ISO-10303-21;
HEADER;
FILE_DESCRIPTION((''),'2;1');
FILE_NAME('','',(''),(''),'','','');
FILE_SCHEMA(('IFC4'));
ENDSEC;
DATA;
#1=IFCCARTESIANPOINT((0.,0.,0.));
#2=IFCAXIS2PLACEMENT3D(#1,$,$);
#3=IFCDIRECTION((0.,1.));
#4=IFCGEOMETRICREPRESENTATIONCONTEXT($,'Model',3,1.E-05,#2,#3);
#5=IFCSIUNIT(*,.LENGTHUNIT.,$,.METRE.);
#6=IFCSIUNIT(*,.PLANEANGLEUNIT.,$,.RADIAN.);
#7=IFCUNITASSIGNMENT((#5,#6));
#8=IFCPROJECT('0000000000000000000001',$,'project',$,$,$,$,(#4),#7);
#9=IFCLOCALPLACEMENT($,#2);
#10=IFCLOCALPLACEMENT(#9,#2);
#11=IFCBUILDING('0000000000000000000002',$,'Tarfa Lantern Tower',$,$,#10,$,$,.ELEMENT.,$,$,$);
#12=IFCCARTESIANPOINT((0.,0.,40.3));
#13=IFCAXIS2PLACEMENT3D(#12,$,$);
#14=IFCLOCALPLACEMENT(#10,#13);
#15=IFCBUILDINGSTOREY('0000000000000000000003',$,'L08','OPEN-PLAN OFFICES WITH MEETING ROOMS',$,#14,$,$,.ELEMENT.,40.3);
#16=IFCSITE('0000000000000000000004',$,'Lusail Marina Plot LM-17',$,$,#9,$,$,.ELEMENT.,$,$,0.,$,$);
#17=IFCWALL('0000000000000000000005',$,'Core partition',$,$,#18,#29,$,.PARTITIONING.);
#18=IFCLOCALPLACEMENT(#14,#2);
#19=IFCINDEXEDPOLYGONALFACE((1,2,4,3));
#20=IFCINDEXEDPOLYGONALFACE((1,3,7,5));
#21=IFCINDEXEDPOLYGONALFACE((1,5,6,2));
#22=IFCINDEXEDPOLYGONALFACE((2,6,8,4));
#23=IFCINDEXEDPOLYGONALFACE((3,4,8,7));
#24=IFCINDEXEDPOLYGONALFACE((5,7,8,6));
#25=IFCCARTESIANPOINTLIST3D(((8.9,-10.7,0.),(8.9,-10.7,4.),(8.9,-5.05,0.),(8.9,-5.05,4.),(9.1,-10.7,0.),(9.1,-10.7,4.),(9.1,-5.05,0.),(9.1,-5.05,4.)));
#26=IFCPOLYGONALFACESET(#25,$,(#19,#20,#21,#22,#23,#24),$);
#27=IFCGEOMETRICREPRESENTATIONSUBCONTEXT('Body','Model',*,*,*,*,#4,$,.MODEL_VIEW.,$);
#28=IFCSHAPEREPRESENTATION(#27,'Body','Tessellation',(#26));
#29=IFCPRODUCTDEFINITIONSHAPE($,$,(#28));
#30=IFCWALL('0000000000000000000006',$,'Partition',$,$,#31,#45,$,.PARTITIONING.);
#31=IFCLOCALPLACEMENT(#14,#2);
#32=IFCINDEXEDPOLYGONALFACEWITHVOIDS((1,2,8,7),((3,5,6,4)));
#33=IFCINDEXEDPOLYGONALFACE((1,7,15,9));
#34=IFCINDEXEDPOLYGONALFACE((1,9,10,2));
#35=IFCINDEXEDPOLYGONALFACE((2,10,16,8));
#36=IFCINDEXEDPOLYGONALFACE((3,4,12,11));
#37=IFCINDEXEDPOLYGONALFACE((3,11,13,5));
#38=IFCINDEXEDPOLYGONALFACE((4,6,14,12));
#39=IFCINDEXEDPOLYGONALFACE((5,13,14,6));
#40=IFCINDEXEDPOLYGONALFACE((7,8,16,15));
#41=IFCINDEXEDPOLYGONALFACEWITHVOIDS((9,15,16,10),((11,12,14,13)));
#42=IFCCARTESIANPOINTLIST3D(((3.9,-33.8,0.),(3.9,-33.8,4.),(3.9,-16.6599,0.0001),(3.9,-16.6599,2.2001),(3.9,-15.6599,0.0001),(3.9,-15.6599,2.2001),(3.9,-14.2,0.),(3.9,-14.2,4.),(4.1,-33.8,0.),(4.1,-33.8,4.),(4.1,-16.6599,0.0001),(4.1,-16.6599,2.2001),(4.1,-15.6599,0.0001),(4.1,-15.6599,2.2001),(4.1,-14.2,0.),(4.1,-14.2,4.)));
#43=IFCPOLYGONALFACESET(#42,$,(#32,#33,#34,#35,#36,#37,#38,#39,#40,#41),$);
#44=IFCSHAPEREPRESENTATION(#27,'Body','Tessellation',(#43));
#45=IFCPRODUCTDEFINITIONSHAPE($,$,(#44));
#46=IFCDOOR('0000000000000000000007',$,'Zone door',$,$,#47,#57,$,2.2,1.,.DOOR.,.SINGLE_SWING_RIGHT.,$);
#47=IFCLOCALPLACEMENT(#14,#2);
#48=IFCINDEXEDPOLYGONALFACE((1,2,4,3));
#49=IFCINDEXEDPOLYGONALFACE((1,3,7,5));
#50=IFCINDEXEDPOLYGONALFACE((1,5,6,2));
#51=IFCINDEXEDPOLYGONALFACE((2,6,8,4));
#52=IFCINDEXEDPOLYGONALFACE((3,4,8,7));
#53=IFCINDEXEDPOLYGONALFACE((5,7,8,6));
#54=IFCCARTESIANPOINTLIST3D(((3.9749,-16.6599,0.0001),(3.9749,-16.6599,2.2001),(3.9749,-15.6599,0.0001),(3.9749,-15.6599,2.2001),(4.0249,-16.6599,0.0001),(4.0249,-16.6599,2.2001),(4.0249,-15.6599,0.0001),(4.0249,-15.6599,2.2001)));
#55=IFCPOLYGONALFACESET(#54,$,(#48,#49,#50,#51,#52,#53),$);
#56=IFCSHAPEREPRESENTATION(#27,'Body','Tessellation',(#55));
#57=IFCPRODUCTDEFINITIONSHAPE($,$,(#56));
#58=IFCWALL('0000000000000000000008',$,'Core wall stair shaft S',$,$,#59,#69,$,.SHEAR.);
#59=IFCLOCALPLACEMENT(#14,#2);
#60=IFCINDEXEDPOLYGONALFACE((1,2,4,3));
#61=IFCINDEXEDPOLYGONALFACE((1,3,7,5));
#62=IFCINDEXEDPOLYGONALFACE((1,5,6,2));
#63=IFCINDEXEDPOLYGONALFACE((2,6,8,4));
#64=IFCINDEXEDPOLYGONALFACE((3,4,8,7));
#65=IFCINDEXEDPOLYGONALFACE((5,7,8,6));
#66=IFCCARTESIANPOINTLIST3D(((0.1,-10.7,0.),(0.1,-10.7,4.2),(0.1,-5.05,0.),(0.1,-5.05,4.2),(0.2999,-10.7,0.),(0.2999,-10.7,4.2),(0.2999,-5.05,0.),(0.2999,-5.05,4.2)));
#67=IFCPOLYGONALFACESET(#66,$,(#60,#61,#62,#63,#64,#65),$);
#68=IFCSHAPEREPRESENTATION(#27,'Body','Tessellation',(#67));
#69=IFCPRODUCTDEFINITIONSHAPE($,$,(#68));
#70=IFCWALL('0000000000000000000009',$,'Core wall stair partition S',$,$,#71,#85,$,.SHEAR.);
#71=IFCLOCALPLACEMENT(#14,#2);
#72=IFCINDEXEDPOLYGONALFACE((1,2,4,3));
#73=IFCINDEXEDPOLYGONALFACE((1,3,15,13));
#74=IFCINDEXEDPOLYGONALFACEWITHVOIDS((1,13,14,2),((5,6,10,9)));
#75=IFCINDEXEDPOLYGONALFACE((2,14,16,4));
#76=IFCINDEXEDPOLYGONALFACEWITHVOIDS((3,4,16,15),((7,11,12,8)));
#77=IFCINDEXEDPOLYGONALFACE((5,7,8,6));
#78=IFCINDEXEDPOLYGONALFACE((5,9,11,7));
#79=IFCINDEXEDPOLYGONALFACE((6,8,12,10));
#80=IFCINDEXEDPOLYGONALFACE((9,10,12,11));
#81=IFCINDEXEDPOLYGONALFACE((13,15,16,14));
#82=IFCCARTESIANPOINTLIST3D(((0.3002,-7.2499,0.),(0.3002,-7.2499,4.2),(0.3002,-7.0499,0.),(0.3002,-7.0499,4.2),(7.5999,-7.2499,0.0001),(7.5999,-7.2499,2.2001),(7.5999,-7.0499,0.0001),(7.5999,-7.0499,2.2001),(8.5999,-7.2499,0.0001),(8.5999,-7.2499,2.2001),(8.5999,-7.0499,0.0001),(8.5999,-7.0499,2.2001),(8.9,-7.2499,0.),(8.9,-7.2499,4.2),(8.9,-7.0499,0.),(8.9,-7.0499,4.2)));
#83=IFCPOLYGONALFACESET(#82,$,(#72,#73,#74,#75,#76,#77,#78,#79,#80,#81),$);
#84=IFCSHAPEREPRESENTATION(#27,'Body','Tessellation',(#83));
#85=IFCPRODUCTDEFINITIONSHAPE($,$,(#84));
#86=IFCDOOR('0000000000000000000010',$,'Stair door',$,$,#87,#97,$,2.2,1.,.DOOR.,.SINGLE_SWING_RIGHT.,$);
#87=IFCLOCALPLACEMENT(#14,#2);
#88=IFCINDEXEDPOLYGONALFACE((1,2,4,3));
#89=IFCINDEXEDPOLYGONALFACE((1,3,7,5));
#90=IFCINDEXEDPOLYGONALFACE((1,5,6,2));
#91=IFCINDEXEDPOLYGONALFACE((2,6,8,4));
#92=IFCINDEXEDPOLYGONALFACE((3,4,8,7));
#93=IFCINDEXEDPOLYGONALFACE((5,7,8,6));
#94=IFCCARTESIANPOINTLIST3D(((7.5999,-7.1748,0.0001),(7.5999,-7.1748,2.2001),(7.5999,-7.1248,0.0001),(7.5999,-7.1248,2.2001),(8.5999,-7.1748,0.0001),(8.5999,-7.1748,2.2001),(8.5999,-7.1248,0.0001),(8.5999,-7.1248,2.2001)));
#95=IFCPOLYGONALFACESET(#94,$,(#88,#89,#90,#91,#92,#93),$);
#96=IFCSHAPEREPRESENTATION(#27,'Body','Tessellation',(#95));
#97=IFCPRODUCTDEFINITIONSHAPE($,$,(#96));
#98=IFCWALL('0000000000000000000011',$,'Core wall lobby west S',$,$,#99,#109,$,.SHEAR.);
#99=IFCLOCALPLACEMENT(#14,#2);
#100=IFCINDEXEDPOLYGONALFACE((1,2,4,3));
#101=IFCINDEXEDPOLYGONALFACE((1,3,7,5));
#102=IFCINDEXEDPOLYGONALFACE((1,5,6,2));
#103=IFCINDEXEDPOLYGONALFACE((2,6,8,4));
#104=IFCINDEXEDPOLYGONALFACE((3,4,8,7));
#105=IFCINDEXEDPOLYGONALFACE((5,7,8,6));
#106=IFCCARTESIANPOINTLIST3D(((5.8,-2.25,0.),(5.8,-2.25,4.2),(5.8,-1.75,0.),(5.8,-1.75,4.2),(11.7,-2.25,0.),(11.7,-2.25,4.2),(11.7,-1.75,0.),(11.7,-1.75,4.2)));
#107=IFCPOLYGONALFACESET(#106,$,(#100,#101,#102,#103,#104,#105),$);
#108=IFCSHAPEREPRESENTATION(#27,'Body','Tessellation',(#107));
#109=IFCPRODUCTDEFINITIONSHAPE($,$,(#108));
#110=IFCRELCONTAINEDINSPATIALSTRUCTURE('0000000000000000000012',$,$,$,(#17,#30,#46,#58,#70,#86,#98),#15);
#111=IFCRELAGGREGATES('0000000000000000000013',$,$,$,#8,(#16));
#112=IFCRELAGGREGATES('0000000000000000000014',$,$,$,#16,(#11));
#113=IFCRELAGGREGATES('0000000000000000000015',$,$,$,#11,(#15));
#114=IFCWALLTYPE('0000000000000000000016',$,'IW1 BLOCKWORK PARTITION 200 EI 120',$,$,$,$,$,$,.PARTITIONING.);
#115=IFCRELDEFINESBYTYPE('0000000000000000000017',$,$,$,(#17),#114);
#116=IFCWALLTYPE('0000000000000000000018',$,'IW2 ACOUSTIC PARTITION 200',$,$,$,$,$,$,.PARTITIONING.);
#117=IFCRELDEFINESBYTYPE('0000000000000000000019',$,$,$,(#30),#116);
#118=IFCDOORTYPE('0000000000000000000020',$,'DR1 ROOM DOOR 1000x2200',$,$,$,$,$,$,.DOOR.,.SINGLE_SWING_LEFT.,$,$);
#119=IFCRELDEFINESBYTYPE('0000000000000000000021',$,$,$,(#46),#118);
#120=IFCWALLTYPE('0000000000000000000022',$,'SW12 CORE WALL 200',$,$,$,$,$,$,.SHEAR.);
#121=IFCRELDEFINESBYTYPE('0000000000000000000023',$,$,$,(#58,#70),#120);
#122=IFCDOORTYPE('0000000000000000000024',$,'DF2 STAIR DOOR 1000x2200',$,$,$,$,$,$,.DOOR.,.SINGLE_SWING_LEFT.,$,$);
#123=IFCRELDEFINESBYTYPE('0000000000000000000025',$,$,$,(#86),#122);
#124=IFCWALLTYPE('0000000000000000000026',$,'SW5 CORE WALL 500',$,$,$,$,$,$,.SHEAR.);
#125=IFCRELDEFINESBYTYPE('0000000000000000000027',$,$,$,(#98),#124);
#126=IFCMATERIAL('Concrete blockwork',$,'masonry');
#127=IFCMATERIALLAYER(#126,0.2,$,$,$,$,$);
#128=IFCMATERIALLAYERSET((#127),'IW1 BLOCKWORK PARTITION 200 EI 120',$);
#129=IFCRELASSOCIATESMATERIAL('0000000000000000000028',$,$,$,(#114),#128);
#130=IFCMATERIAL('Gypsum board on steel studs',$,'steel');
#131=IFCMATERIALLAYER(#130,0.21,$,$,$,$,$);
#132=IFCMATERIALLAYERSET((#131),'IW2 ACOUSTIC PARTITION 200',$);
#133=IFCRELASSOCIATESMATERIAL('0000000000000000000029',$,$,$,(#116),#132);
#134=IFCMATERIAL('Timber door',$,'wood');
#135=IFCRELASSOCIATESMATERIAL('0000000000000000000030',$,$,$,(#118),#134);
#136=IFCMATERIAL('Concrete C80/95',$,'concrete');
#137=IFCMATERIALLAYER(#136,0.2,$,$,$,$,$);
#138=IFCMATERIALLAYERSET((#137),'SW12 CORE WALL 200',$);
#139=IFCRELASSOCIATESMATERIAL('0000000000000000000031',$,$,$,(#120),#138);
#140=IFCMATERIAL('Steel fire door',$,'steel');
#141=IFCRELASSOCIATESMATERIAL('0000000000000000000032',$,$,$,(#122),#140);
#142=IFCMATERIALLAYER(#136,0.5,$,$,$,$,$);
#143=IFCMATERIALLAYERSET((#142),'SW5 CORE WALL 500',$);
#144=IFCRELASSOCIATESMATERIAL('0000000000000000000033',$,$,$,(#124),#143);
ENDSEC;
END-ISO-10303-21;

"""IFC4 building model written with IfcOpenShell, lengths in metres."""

from ifc_helpers import new_model, si_unit, direction, frame, frame_2d, origin, place, context, subcontext, project, spatial, rectangle, extrude, material, layer, layer_set, type_object, element, fill, save


model = new_model("IFC4")

# Units and contexts
model_context = context("Model", 3, precision=1e-05, world=origin(), true_north=direction((0.0, 1.0)))
body_context = subcontext(model_context, "Body", "Model", "MODEL_VIEW")
ifc_project = project(units=[si_unit("LENGTHUNIT", "METRE"), si_unit("PLANEANGLEUNIT", "RADIAN")], contexts=[model_context])

# Site, building, storey
site_placement = place(None, origin())
site = spatial("IfcSite", under=ifc_project, at=site_placement, Name="Lusail Marina Plot LM-17", CompositionType="ELEMENT", RefElevation=0.0)
building_placement = place(site_placement, origin())
building = spatial("IfcBuilding", under=site, at=building_placement, Name="Tarfa Lantern Tower", CompositionType="ELEMENT")
storey_placement = place(building_placement, frame((0.0, 0.0, 40.3)))
storey = spatial("IfcBuildingStorey", under=building, at=storey_placement, Name="L08", Description="OPEN-PLAN OFFICES WITH MEETING ROOMS", CompositionType="ELEMENT", Elevation=40.3)

# Wall
ifc_material_1 = material(Name="Concrete blockwork", Category="masonry")
ifc_layer_1 = layer(ifc_material_1, 0.2)
ifc_layer_set_1 = layer_set([ifc_layer_1], Name="IW1 BLOCKWORK PARTITION 200 EI 120")
wall_type_1 = type_object("IfcWallType", Name="IW1 BLOCKWORK PARTITION 200 EI 120", PredefinedType="PARTITIONING", material=ifc_layer_set_1)
wall_1_placement = place(storey_placement, frame((9.0, -5.05, 0.0), z_axis=(0.0, 0.0, 1.0), x_axis=(0.0, -1.0, 0.0)))
element("IfcWall", 1, at=wall_1_placement, inside=storey, type_object=wall_type_1, Name="Core partition", PredefinedType="PARTITIONING", context=body_context, shape_type="SweptSolid", body=[
    extrude(rectangle(XDim=5.6499, YDim=0.2, at=frame_2d((2.825, 0.0))), origin(), (0.0, 0.0, 1.0), 4.0),
])

# Wall, opening, door
ifc_material_2 = material(Name="Gypsum board on steel studs", Category="steel")
ifc_layer_2 = layer(ifc_material_2, 0.21)
ifc_layer_set_2 = layer_set([ifc_layer_2], Name="IW2 ACOUSTIC PARTITION 200")
wall_type_2 = type_object("IfcWallType", Name="IW2 ACOUSTIC PARTITION 200", PredefinedType="PARTITIONING", material=ifc_layer_set_2)
wall_2_placement = place(storey_placement, frame((4.0, -14.2, 0.0), z_axis=(0.0, 0.0, 1.0), x_axis=(0.0, -1.0, 0.0)))
wall_2 = element("IfcWall", 2, at=wall_2_placement, inside=storey, type_object=wall_type_2, Name="Partition", PredefinedType="PARTITIONING", context=body_context, shape_type="SweptSolid", body=[
    extrude(rectangle(XDim=19.6001, YDim=0.2, at=frame_2d((9.8, 0.0))), origin(), (0.0, 0.0, 1.0), 4.0),
])
opening_1_placement = place(wall_2_placement, frame((1.46, 0.0, 0.0)))
opening_1 = element("IfcOpeningElement", 3, at=opening_1_placement, cuts=wall_2, PredefinedType="OPENING", context=body_context, shape_type="SweptSolid", body=[
    extrude(rectangle(XDim=1.0, YDim=2.2, at=frame_2d((0.5, 1.1001))), frame((0.0, 0.1099, 0.0), z_axis=(0.0, -1.0, 0.0), x_axis=(1.0, 0.0, 0.0)), (0.0, 0.0, 1.0), 0.22),
])
ifc_material_3 = material(Name="Timber door", Category="wood")
door_type_1 = type_object("IfcDoorType", Name="DR1 ROOM DOOR 1000x2200", OperationType="SINGLE_SWING_LEFT", PredefinedType="DOOR", material=ifc_material_3)
door_1_placement = place(opening_1_placement, origin())
door_1 = element("IfcDoor", 4, at=door_1_placement, inside=storey, type_object=door_type_1, Name="Zone door", OperationType="SINGLE_SWING_RIGHT", OverallHeight=2.2, OverallWidth=1.0, PredefinedType="DOOR", context=body_context, shape_type="SweptSolid", body=[
    extrude(rectangle(XDim=1.0, YDim=2.2, at=frame_2d((0.5, 1.1001))), frame((0.0, 0.0249, 0.0), z_axis=(0.0, -1.0, 0.0), x_axis=(1.0, 0.0, 0.0)), (0.0, 0.0, 1.0), 0.05),
])
fill(opening_1, door_1)

# Wall
ifc_material_4 = material(Name="Concrete C80/95", Category="concrete")
ifc_layer_3 = layer(ifc_material_4, 0.2)
ifc_layer_set_3 = layer_set([ifc_layer_3], Name="SW12 CORE WALL 200")
wall_type_3 = type_object("IfcWallType", Name="SW12 CORE WALL 200", PredefinedType="SHEAR", material=ifc_layer_set_3)
wall_3_placement = place(storey_placement, frame((0.2, -5.05, 0.0), z_axis=(0.0, 0.0, 1.0), x_axis=(0.0, -1.0, 0.0)))
element("IfcWall", 5, at=wall_3_placement, inside=storey, type_object=wall_type_3, Name="Core wall stair shaft S", PredefinedType="SHEAR", context=body_context, shape_type="SweptSolid", body=[
    extrude(rectangle(XDim=5.6499, YDim=0.2, at=frame_2d((2.825, 0.0))), origin(), (0.0, 0.0, 1.0), 4.2),
])

# Wall, opening, door
wall_4_placement = place(storey_placement, frame((8.8999, -7.1499, 0.0), z_axis=(0.0, 0.0, 1.0), x_axis=(-1.0, 0.0, 0.0)))
wall_4 = element("IfcWall", 6, at=wall_4_placement, inside=storey, type_object=wall_type_3, Name="Core wall stair partition S", PredefinedType="SHEAR", context=body_context, shape_type="SweptSolid", body=[
    extrude(rectangle(XDim=8.5999, YDim=0.2, at=frame_2d((4.2998, 0.0))), origin(), (0.0, 0.0, 1.0), 4.2),
])
opening_2_placement = place(wall_4_placement, frame((0.3, 0.0, 0.0)))
opening_2 = element("IfcOpeningElement", 7, at=opening_2_placement, cuts=wall_4, PredefinedType="OPENING", context=body_context, shape_type="SweptSolid", body=[
    extrude(rectangle(XDim=1.0, YDim=2.2, at=frame_2d((0.5, 1.1001))), frame((0.0, 0.1099, 0.0), z_axis=(0.0, -1.0, 0.0), x_axis=(1.0, 0.0, 0.0)), (0.0, 0.0, 1.0), 0.22),
])
ifc_material_5 = material(Name="Steel fire door", Category="steel")
door_type_2 = type_object("IfcDoorType", Name="DF2 STAIR DOOR 1000x2200", OperationType="SINGLE_SWING_LEFT", PredefinedType="DOOR", material=ifc_material_5)
door_2_placement = place(opening_2_placement, origin())
door_2 = element("IfcDoor", 8, at=door_2_placement, inside=storey, type_object=door_type_2, Name="Stair door", OperationType="SINGLE_SWING_RIGHT", OverallHeight=2.2, OverallWidth=1.0, PredefinedType="DOOR", context=body_context, shape_type="SweptSolid", body=[
    extrude(rectangle(XDim=1.0, YDim=2.2, at=frame_2d((0.5, 1.1001))), frame((0.0, 0.0249, 0.0), z_axis=(0.0, -1.0, 0.0), x_axis=(1.0, 0.0, 0.0)), (0.0, 0.0, 1.0), 0.05),
])
fill(opening_2, door_2)

# Wall
ifc_layer_4 = layer(ifc_material_4, 0.5)
ifc_layer_set_4 = layer_set([ifc_layer_4], Name="SW5 CORE WALL 500")
wall_type_4 = type_object("IfcWallType", Name="SW5 CORE WALL 500", PredefinedType="SHEAR", material=ifc_layer_set_4)
wall_5_placement = place(storey_placement, frame((11.7, -2.0, 0.0), z_axis=(0.0, 0.0, 1.0), x_axis=(-1.0, 0.0, 0.0)))
element("IfcWall", 9, at=wall_5_placement, inside=storey, type_object=wall_type_4, Name="Core wall lobby west S", PredefinedType="SHEAR", context=body_context, shape_type="SweptSolid", body=[
    extrude(rectangle(XDim=5.8999, YDim=0.5, at=frame_2d((2.95, 0.0))), origin(), (0.0, 0.0, 1.0), 4.2),
])

save(model, "model.ifc")
